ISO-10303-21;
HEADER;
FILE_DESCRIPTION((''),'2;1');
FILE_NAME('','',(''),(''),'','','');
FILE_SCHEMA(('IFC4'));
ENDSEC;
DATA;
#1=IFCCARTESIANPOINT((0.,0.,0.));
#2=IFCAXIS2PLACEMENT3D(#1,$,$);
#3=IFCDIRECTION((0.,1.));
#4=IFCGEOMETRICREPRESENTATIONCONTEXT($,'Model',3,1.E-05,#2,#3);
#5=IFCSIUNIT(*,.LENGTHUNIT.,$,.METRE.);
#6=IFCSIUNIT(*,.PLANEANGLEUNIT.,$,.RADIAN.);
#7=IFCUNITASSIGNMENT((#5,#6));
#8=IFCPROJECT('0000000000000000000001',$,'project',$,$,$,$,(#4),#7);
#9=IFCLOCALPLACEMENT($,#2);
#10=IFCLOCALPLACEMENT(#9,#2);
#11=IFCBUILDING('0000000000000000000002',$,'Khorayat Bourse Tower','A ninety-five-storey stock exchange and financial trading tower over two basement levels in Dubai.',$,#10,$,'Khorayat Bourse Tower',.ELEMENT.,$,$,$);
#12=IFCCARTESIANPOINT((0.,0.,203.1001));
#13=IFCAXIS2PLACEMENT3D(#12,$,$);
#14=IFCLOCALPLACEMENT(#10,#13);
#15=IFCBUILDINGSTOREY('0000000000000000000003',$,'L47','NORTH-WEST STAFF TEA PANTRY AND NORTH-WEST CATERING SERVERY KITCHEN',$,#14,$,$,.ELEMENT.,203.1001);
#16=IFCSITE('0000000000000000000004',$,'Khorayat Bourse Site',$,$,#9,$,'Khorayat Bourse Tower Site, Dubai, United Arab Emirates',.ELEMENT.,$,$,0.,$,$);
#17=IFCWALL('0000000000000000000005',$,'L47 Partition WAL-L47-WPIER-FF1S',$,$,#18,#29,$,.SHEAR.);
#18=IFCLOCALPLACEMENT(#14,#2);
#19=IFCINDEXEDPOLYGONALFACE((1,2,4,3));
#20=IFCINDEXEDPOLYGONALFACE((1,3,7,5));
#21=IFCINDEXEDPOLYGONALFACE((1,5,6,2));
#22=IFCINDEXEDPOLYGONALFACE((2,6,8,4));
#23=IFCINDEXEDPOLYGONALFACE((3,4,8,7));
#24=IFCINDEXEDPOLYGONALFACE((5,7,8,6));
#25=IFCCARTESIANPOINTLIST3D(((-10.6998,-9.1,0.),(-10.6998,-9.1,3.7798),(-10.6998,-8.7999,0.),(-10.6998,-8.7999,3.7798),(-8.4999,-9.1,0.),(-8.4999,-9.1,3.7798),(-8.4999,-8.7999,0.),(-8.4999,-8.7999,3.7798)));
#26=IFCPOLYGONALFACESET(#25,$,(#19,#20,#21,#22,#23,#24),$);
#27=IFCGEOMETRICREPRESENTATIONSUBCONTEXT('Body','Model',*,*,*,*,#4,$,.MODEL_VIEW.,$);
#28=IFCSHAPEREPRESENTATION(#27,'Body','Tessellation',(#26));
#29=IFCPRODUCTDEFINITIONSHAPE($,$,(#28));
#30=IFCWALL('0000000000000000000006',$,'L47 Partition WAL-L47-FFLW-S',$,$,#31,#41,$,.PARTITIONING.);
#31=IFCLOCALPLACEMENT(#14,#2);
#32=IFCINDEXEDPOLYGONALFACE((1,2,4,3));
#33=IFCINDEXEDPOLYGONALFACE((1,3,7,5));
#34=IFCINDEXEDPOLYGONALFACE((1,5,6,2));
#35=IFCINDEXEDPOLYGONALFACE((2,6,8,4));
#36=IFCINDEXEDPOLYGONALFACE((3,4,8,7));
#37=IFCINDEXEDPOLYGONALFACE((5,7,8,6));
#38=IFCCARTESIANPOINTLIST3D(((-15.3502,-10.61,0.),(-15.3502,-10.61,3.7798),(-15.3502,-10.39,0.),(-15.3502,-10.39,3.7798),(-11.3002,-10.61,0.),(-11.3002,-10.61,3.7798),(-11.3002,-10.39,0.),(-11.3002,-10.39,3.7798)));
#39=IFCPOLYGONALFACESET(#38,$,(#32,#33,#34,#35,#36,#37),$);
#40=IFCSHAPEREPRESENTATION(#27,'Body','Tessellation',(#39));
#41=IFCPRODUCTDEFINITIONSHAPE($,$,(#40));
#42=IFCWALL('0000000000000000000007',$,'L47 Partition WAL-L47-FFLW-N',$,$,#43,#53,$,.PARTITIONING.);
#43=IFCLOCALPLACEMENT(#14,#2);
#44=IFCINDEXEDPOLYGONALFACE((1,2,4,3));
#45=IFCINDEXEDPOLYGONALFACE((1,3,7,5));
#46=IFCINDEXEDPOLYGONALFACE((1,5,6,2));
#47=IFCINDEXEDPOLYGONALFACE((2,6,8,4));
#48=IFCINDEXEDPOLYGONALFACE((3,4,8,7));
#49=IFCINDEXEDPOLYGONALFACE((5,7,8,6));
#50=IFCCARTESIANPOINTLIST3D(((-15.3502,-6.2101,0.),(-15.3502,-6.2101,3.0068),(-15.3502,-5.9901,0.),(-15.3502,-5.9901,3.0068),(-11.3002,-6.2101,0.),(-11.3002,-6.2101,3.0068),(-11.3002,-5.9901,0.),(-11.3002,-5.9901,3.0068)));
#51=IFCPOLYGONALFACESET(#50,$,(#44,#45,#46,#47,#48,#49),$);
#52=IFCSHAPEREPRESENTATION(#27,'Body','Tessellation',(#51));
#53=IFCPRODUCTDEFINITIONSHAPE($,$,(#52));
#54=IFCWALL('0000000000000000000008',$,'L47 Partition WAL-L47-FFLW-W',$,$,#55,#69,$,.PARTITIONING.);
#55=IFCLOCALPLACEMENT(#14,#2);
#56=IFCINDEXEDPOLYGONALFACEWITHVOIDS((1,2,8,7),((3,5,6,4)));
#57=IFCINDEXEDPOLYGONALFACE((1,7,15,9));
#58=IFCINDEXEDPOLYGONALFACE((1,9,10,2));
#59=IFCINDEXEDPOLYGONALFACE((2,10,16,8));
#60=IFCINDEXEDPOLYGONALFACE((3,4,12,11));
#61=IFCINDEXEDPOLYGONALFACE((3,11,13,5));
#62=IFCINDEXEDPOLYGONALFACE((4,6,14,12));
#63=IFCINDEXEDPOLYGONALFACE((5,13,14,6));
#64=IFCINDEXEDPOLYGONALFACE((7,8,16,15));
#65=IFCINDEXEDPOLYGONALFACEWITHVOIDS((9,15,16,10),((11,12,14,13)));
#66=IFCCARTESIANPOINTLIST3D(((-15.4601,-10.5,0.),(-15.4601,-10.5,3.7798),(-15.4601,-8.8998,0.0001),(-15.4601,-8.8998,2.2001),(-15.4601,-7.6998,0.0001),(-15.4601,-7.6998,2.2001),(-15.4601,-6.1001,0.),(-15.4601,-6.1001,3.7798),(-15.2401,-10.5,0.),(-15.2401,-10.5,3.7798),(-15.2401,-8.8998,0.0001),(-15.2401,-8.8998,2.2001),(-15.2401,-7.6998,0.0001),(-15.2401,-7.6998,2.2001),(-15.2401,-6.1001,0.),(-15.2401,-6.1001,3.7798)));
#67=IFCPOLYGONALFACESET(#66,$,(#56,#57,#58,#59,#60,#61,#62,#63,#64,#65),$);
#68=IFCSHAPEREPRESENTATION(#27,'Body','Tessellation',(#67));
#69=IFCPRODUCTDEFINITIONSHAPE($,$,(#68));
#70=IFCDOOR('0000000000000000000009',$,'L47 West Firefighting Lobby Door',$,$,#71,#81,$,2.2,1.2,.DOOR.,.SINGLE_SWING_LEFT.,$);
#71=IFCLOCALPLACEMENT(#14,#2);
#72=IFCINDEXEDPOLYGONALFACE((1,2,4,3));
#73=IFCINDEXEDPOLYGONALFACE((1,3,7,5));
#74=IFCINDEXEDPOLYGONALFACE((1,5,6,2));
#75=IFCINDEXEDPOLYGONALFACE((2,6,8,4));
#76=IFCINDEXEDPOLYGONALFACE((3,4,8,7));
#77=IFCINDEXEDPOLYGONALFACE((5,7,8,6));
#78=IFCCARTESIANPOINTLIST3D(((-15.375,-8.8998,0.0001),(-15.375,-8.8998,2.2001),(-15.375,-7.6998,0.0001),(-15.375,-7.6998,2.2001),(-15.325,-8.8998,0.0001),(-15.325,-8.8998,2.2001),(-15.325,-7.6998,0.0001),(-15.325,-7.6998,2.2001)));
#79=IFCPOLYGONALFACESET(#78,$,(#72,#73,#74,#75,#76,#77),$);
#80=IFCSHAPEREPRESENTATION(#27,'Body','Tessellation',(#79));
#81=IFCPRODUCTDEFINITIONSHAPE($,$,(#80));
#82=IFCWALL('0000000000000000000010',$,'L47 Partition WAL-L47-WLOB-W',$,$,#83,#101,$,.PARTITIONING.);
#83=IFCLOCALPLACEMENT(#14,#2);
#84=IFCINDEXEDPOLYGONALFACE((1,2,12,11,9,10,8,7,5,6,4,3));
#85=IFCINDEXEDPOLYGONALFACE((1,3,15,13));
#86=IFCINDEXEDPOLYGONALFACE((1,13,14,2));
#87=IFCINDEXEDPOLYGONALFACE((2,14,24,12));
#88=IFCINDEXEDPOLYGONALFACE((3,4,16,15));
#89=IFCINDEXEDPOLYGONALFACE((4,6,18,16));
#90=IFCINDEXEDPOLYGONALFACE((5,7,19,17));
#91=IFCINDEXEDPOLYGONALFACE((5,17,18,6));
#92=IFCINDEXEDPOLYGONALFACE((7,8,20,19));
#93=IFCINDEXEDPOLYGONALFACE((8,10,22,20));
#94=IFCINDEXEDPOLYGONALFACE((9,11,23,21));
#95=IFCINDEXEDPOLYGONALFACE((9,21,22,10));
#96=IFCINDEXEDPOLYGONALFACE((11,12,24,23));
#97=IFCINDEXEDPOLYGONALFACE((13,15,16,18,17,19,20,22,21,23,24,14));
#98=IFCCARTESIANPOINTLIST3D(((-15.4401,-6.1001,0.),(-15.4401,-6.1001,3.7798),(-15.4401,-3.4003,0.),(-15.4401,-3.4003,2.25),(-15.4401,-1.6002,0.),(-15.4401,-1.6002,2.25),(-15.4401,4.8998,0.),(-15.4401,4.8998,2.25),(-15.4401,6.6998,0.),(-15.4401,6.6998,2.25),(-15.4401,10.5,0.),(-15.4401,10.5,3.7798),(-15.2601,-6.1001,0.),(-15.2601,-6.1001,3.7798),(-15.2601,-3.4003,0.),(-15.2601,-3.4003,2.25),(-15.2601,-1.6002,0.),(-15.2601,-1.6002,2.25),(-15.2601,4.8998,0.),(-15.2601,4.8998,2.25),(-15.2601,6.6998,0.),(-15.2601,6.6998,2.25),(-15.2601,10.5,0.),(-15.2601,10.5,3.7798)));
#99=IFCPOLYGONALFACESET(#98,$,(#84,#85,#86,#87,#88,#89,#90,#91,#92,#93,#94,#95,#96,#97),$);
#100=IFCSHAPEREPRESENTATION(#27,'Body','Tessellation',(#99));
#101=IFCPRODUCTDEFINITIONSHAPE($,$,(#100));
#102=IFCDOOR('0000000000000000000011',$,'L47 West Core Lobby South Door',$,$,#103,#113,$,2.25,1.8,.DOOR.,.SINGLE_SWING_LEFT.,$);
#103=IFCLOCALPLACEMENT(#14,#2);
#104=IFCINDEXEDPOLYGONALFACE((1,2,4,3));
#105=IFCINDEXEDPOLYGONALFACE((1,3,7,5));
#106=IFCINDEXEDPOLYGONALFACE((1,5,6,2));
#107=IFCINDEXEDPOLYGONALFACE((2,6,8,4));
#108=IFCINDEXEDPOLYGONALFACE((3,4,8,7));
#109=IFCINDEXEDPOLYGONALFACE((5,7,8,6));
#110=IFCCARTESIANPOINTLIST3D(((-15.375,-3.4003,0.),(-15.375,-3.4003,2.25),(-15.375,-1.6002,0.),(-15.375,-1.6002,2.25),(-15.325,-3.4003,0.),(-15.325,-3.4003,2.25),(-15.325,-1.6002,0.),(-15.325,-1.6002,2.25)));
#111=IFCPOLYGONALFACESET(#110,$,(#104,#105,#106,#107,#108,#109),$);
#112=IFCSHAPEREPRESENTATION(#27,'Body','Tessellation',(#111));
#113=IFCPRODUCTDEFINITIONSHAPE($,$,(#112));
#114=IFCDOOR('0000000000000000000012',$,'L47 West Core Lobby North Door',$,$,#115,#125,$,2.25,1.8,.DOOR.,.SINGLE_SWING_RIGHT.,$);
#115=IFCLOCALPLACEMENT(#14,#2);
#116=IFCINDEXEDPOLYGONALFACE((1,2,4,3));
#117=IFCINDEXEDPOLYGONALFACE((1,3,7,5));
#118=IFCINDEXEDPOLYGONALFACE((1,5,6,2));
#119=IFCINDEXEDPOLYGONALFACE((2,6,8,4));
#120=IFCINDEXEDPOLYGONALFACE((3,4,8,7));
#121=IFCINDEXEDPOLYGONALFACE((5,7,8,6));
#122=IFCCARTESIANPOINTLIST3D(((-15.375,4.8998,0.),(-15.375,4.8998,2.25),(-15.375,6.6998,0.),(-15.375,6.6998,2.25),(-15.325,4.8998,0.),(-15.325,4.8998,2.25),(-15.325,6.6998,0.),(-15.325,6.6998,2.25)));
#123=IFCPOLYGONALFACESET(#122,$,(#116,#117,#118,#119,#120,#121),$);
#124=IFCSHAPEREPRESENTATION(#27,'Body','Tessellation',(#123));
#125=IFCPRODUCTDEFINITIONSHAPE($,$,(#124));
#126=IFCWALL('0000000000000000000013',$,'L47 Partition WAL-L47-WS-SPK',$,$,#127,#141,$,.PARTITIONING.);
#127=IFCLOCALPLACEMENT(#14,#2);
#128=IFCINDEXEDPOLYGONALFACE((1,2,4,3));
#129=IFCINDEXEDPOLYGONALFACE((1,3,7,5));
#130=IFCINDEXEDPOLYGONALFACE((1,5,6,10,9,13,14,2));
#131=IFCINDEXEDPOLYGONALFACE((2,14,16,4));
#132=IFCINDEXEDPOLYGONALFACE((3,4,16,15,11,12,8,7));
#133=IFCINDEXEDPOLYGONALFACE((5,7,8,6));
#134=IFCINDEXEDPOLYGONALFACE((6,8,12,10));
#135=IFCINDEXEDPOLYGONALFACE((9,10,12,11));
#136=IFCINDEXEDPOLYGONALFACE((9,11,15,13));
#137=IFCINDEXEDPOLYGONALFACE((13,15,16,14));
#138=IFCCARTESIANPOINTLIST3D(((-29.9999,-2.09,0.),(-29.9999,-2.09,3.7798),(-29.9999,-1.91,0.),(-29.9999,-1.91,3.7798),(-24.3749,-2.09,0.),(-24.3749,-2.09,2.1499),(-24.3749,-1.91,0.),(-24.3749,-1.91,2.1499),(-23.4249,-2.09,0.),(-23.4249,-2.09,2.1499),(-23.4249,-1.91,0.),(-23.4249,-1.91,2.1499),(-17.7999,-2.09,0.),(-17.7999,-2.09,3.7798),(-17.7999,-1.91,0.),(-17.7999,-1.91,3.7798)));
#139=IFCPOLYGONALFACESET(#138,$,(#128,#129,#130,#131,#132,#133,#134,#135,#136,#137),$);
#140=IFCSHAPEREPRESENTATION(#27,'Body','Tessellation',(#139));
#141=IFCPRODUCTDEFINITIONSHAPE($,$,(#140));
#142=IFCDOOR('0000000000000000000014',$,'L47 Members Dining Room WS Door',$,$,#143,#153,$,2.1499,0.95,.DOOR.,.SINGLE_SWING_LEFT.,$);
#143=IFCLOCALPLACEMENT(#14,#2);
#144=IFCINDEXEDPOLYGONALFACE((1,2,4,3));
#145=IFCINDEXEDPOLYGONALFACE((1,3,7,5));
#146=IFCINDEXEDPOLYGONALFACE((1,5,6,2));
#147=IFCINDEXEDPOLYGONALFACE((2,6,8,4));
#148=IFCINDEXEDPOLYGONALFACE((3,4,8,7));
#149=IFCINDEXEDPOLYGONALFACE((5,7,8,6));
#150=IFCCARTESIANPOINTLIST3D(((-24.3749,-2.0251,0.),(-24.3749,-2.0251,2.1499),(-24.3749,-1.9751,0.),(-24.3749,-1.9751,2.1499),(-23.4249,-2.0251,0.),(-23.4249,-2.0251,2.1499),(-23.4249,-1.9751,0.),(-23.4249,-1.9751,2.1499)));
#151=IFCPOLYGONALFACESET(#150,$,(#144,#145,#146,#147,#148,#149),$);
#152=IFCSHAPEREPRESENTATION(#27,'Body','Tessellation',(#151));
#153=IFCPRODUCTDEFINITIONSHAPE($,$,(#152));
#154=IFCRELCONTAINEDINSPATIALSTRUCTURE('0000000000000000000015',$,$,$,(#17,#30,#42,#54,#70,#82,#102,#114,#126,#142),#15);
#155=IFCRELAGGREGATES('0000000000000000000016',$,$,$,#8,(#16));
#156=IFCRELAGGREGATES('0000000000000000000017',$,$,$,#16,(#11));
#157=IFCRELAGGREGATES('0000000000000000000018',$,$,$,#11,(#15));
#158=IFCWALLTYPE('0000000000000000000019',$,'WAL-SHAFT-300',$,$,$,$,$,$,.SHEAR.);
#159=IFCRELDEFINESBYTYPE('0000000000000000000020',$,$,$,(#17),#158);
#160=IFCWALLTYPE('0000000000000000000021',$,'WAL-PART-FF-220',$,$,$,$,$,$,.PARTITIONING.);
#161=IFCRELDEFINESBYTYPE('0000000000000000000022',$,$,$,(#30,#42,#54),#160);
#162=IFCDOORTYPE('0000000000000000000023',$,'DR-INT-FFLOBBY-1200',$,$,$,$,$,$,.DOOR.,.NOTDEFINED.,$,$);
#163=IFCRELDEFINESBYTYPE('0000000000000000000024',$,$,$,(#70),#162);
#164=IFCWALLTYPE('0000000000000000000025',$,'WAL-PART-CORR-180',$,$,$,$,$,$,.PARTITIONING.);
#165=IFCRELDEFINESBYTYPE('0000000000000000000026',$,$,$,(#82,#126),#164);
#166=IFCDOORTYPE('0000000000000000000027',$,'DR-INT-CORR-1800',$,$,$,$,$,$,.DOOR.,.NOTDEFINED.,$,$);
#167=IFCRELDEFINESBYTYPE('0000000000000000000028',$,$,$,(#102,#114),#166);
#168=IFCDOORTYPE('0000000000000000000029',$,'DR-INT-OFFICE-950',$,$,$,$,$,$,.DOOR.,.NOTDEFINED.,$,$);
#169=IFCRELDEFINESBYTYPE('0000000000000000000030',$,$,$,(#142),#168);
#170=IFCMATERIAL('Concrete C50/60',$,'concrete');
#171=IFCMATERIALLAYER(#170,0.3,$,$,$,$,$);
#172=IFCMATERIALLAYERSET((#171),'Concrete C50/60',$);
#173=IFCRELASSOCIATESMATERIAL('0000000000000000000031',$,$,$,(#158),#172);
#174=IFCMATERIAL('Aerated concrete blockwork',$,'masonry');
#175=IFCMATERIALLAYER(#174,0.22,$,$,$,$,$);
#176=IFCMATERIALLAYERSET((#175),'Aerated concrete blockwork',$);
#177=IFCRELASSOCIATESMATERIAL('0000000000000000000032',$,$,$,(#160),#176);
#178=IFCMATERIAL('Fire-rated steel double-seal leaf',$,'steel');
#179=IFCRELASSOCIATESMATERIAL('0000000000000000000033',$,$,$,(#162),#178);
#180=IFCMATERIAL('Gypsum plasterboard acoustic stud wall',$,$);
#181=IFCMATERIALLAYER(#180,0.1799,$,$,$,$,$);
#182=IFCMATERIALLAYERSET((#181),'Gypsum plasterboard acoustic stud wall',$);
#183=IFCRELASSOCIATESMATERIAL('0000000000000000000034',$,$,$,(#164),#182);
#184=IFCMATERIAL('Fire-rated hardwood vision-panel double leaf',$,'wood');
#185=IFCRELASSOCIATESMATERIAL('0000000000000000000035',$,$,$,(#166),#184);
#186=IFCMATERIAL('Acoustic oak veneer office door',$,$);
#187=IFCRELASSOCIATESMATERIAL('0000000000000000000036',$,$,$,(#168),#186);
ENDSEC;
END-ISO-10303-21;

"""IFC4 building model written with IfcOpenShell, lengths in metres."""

from ifc_helpers import new_model, si_unit, direction, frame, frame_2d, origin, place, context, subcontext, project, spatial, rectangle, extrude, source, transform, mapped, material, layer, layer_set, type_object, element, fill, save


model = new_model("IFC4")

# Units and contexts
model_context = context("Model", 3, precision=1e-05, world=origin(), true_north=direction((0.0, 1.0)))
body_context = subcontext(model_context, "Body", "Model", "MODEL_VIEW")
ifc_project = project(units=[si_unit("LENGTHUNIT", "METRE"), si_unit("PLANEANGLEUNIT", "RADIAN")], contexts=[model_context])

# Site, building, storey
site_placement = place(None, origin())
site = spatial("IfcSite", under=ifc_project, at=site_placement, Name="Khorayat Bourse Site", LongName="Khorayat Bourse Tower Site, Dubai, United Arab Emirates", CompositionType="ELEMENT", RefElevation=0.0)
building_placement = place(site_placement, origin())
building = spatial("IfcBuilding", under=site, at=building_placement, Name="Khorayat Bourse Tower", Description="A ninety-five-storey stock exchange and financial trading tower over two basement levels in Dubai.", LongName="Khorayat Bourse Tower", CompositionType="ELEMENT")
storey_placement = place(building_placement, frame((0.0, 0.0, 203.1001)))
storey = spatial("IfcBuildingStorey", under=building, at=storey_placement, Name="L47", Description="NORTH-WEST STAFF TEA PANTRY AND NORTH-WEST CATERING SERVERY KITCHEN", CompositionType="ELEMENT", Elevation=203.1001)

# Walls
ifc_material_1 = material(Name="Concrete C50/60", Category="concrete")
ifc_layer_1 = layer(ifc_material_1, 0.3)
ifc_layer_set_1 = layer_set([ifc_layer_1], Name="Concrete C50/60")
wall_type_1 = type_object("IfcWallType", Name="WAL-SHAFT-300", PredefinedType="SHEAR", material=ifc_layer_set_1)
shared_shape_1 = source(origin(), body_context, "Body", "SweptSolid", [
    extrude(rectangle(XDim=2.2, YDim=0.3, at=frame_2d((1.1001, 0.0))), origin(), (0.0, 0.0, 1.0), 3.7798),
])
wall_1_placement = place(storey_placement, frame((-10.7, -8.95, 0.0), z_axis=(0.0, 0.0, 1.0), x_axis=(1.0, 0.0, 0.0)))
element("IfcWall", 1, at=wall_1_placement, inside=storey, type_object=wall_type_1, Name="L47 Partition WAL-L47-WPIER-FF1S", PredefinedType="SHEAR", context=body_context, shape_type="MappedRepresentation", body=[
    mapped(shared_shape_1, transform((0.0, 0.0, 0.0), scale=1.0)),
])
ifc_material_2 = material(Name="Aerated concrete blockwork", Category="masonry")
ifc_layer_2 = layer(ifc_material_2, 0.22)
ifc_layer_set_2 = layer_set([ifc_layer_2], Name="Aerated concrete blockwork")
wall_type_2 = type_object("IfcWallType", Name="WAL-PART-FF-220", PredefinedType="PARTITIONING", material=ifc_layer_set_2)
shared_shape_2 = source(origin(), body_context, "Body", "SweptSolid", [
    extrude(rectangle(XDim=4.05, YDim=0.22, at=frame_2d((2.0249, 0.0))), origin(), (0.0, 0.0, 1.0), 3.7798),
])
wall_2_placement = place(storey_placement, frame((-15.3501, -10.5, 0.0), z_axis=(0.0, 0.0, 1.0), x_axis=(1.0, 0.0, 0.0)))
element("IfcWall", 2, at=wall_2_placement, inside=storey, type_object=wall_type_2, Name="L47 Partition WAL-L47-FFLW-S", PredefinedType="PARTITIONING", context=body_context, shape_type="MappedRepresentation", body=[
    mapped(shared_shape_2, transform((0.0, 0.0, 0.0), scale=1.0)),
])
shared_shape_3 = source(origin(), body_context, "Body", "SweptSolid", [
    extrude(rectangle(XDim=4.05, YDim=0.22, at=frame_2d((2.0249, 0.0))), origin(), (0.0, 0.0, 1.0), 3.0068),
])
wall_3_placement = place(storey_placement, frame((-15.3501, -6.1001, 0.0), z_axis=(0.0, 0.0, 1.0), x_axis=(1.0, 0.0, 0.0)))
element("IfcWall", 3, at=wall_3_placement, inside=storey, type_object=wall_type_2, Name="L47 Partition WAL-L47-FFLW-N", PredefinedType="PARTITIONING", context=body_context, shape_type="MappedRepresentation", body=[
    mapped(shared_shape_3, transform((0.0, 0.0, 0.0), scale=1.0)),
])

# Wall, opening, door
shared_shape_4 = source(origin(), body_context, "Body", "SweptSolid", [
    extrude(rectangle(XDim=4.3999, YDim=0.22, at=frame_2d((2.2, 0.0))), origin(), (0.0, 0.0, 1.0), 3.7798),
])
wall_4_placement = place(storey_placement, frame((-15.3501, -10.5, 0.0), z_axis=(0.0, 0.0, 1.0), x_axis=(0.0, 1.0, 0.0)))
wall_4 = element("IfcWall", 4, at=wall_4_placement, inside=storey, type_object=wall_type_2, Name="L47 Partition WAL-L47-FFLW-W", PredefinedType="PARTITIONING", context=body_context, shape_type="MappedRepresentation", body=[
    mapped(shared_shape_4, transform((0.0, 0.0, 0.0), scale=1.0)),
])
shared_shape_5 = source(origin(), body_context, "Body", "SweptSolid", [
    extrude(rectangle(XDim=1.2, YDim=2.2, at=frame_2d((0.6001, 1.1001))), frame((0.0, 0.1199, 0.0), z_axis=(0.0, -1.0, 0.0), x_axis=(1.0, 0.0, 0.0)), (0.0, 0.0, 1.0), 0.24),
])
opening_1_placement = place(wall_4_placement, frame((1.6001, 0.0, 0.0)))
opening_1 = element("IfcOpeningElement", 5, at=opening_1_placement, cuts=wall_4, PredefinedType="OPENING", context=body_context, shape_type="MappedRepresentation", body=[
    mapped(shared_shape_5, transform((0.0, 0.0, 0.0), scale=1.0)),
])
ifc_material_3 = material(Name="Fire-rated steel double-seal leaf", Category="steel")
door_type_1 = type_object("IfcDoorType", Name="DR-INT-FFLOBBY-1200", OperationType="NOTDEFINED", PredefinedType="DOOR", material=ifc_material_3)
shared_shape_6 = source(origin(), body_context, "Body", "SweptSolid", [
    extrude(rectangle(XDim=1.2, YDim=2.2, at=frame_2d((0.6001, 1.1001))), frame((0.0, 0.0249, 0.0), z_axis=(0.0, -1.0, 0.0), x_axis=(1.0, 0.0, 0.0)), (0.0, 0.0, 1.0), 0.05),
])
door_1_placement = place(opening_1_placement, origin())
door_1 = element("IfcDoor", 6, at=door_1_placement, inside=storey, type_object=door_type_1, Name="L47 West Firefighting Lobby Door", OperationType="SINGLE_SWING_LEFT", OverallHeight=2.2, OverallWidth=1.2, PredefinedType="DOOR", context=body_context, shape_type="MappedRepresentation", body=[
    mapped(shared_shape_6, transform((0.0, 0.0, 0.0), scale=1.0)),
])
fill(opening_1, door_1)

# Wall, openings, doors
ifc_material_4 = material(Name="Gypsum plasterboard acoustic stud wall")
ifc_layer_3 = layer(ifc_material_4, 0.1799)
ifc_layer_set_3 = layer_set([ifc_layer_3], Name="Gypsum plasterboard acoustic stud wall")
wall_type_3 = type_object("IfcWallType", Name="WAL-PART-CORR-180", PredefinedType="PARTITIONING", material=ifc_layer_set_3)
shared_shape_7 = source(origin(), body_context, "Body", "SweptSolid", [
    extrude(rectangle(XDim=16.6001, YDim=0.1799, at=frame_2d((8.3, 0.0))), origin(), (0.0, 0.0, 1.0), 3.7798),
])
wall_5_placement = place(storey_placement, frame((-15.3501, -6.1001, 0.0), z_axis=(0.0, 0.0, 1.0), x_axis=(0.0, 1.0, 0.0)))
wall_5 = element("IfcWall", 7, at=wall_5_placement, inside=storey, type_object=wall_type_3, Name="L47 Partition WAL-L47-WLOB-W", PredefinedType="PARTITIONING", context=body_context, shape_type="MappedRepresentation", body=[
    mapped(shared_shape_7, transform((0.0, 0.0, 0.0), scale=1.0)),
])
shared_shape_8 = source(origin(), body_context, "Body", "SweptSolid", [
    extrude(rectangle(XDim=1.8, YDim=2.25, at=frame_2d((0.8999, 1.125))), frame((0.0, 0.0999, 0.0), z_axis=(0.0, -1.0, 0.0), x_axis=(1.0, 0.0, 0.0)), (0.0, 0.0, 1.0), 0.2),
])
opening_2_placement = place(wall_5_placement, frame((2.7, 0.0, 0.0)))
opening_2 = element("IfcOpeningElement", 8, at=opening_2_placement, cuts=wall_5, PredefinedType="OPENING", context=body_context, shape_type="MappedRepresentation", body=[
    mapped(shared_shape_8, transform((0.0, 0.0, 0.0), scale=1.0)),
])
opening_3_placement = place(wall_5_placement, frame((11.0, 0.0, 0.0)))
opening_3 = element("IfcOpeningElement", 9, at=opening_3_placement, cuts=wall_5, PredefinedType="OPENING", context=body_context, shape_type="MappedRepresentation", body=[
    mapped(shared_shape_8, transform((0.0, 0.0, 0.0), scale=1.0)),
])
ifc_material_5 = material(Name="Fire-rated hardwood vision-panel double leaf", Category="wood")
door_type_2 = type_object("IfcDoorType", Name="DR-INT-CORR-1800", OperationType="NOTDEFINED", PredefinedType="DOOR", material=ifc_material_5)
shared_shape_9 = source(origin(), body_context, "Body", "SweptSolid", [
    extrude(rectangle(XDim=1.8, YDim=2.25, at=frame_2d((0.8999, 1.125))), frame((0.0, 0.0249, 0.0), z_axis=(0.0, -1.0, 0.0), x_axis=(1.0, 0.0, 0.0)), (0.0, 0.0, 1.0), 0.05),
])
door_2_placement = place(opening_2_placement, origin())
door_2 = element("IfcDoor", 10, at=door_2_placement, inside=storey, type_object=door_type_2, Name="L47 West Core Lobby South Door", OperationType="SINGLE_SWING_LEFT", OverallHeight=2.25, OverallWidth=1.8, PredefinedType="DOOR", context=body_context, shape_type="MappedRepresentation", body=[
    mapped(shared_shape_9, transform((0.0, 0.0, 0.0), scale=1.0)),
])
fill(opening_2, door_2)
door_3_placement = place(opening_3_placement, origin())
door_3 = element("IfcDoor", 11, at=door_3_placement, inside=storey, type_object=door_type_2, Name="L47 West Core Lobby North Door", OperationType="SINGLE_SWING_RIGHT", OverallHeight=2.25, OverallWidth=1.8, PredefinedType="DOOR", context=body_context, shape_type="MappedRepresentation", body=[
    mapped(shared_shape_9, transform((0.0, 0.0, 0.0), scale=1.0)),
])
fill(opening_3, door_3)

# Wall, opening, door
shared_shape_10 = source(origin(), body_context, "Body", "SweptSolid", [
    extrude(rectangle(XDim=12.2, YDim=0.1799, at=frame_2d((6.1001, 0.0))), origin(), (0.0, 0.0, 1.0), 3.7798),
])
wall_6_placement = place(storey_placement, frame((-30.0, -2.0, 0.0), z_axis=(0.0, 0.0, 1.0), x_axis=(1.0, 0.0, 0.0)))
wall_6 = element("IfcWall", 12, at=wall_6_placement, inside=storey, type_object=wall_type_3, Name="L47 Partition WAL-L47-WS-SPK", PredefinedType="PARTITIONING", context=body_context, shape_type="MappedRepresentation", body=[
    mapped(shared_shape_10, transform((0.0, 0.0, 0.0), scale=1.0)),
])
shared_shape_11 = source(origin(), body_context, "Body", "SweptSolid", [
    extrude(rectangle(XDim=0.95, YDim=2.1499, at=frame_2d((0.4751, 1.075))), frame((0.0, 0.0999, 0.0), z_axis=(0.0, -1.0, 0.0), x_axis=(1.0, 0.0, 0.0)), (0.0, 0.0, 1.0), 0.2),
])
opening_4_placement = place(wall_6_placement, frame((5.625, 0.0, 0.0)))
opening_4 = element("IfcOpeningElement", 13, at=opening_4_placement, cuts=wall_6, PredefinedType="OPENING", context=body_context, shape_type="MappedRepresentation", body=[
    mapped(shared_shape_11, transform((0.0, 0.0, 0.0), scale=1.0)),
])
ifc_material_6 = material(Name="Acoustic oak veneer office door")
door_type_3 = type_object("IfcDoorType", Name="DR-INT-OFFICE-950", OperationType="NOTDEFINED", PredefinedType="DOOR", material=ifc_material_6)
shared_shape_12 = source(origin(), body_context, "Body", "SweptSolid", [
    extrude(rectangle(XDim=0.95, YDim=2.1499, at=frame_2d((0.4751, 1.075))), frame((0.0, 0.0249, 0.0), z_axis=(0.0, -1.0, 0.0), x_axis=(1.0, 0.0, 0.0)), (0.0, 0.0, 1.0), 0.05),
])
door_4_placement = place(opening_4_placement, origin())
door_4 = element("IfcDoor", 14, at=door_4_placement, inside=storey, type_object=door_type_3, Name="L47 Members Dining Room WS Door", OperationType="SINGLE_SWING_LEFT", OverallHeight=2.1499, OverallWidth=0.95, PredefinedType="DOOR", context=body_context, shape_type="MappedRepresentation", body=[
    mapped(shared_shape_12, transform((0.0, 0.0, 0.0), scale=1.0)),
])
fill(opening_4, door_4)

save(model, "model.ifc")
